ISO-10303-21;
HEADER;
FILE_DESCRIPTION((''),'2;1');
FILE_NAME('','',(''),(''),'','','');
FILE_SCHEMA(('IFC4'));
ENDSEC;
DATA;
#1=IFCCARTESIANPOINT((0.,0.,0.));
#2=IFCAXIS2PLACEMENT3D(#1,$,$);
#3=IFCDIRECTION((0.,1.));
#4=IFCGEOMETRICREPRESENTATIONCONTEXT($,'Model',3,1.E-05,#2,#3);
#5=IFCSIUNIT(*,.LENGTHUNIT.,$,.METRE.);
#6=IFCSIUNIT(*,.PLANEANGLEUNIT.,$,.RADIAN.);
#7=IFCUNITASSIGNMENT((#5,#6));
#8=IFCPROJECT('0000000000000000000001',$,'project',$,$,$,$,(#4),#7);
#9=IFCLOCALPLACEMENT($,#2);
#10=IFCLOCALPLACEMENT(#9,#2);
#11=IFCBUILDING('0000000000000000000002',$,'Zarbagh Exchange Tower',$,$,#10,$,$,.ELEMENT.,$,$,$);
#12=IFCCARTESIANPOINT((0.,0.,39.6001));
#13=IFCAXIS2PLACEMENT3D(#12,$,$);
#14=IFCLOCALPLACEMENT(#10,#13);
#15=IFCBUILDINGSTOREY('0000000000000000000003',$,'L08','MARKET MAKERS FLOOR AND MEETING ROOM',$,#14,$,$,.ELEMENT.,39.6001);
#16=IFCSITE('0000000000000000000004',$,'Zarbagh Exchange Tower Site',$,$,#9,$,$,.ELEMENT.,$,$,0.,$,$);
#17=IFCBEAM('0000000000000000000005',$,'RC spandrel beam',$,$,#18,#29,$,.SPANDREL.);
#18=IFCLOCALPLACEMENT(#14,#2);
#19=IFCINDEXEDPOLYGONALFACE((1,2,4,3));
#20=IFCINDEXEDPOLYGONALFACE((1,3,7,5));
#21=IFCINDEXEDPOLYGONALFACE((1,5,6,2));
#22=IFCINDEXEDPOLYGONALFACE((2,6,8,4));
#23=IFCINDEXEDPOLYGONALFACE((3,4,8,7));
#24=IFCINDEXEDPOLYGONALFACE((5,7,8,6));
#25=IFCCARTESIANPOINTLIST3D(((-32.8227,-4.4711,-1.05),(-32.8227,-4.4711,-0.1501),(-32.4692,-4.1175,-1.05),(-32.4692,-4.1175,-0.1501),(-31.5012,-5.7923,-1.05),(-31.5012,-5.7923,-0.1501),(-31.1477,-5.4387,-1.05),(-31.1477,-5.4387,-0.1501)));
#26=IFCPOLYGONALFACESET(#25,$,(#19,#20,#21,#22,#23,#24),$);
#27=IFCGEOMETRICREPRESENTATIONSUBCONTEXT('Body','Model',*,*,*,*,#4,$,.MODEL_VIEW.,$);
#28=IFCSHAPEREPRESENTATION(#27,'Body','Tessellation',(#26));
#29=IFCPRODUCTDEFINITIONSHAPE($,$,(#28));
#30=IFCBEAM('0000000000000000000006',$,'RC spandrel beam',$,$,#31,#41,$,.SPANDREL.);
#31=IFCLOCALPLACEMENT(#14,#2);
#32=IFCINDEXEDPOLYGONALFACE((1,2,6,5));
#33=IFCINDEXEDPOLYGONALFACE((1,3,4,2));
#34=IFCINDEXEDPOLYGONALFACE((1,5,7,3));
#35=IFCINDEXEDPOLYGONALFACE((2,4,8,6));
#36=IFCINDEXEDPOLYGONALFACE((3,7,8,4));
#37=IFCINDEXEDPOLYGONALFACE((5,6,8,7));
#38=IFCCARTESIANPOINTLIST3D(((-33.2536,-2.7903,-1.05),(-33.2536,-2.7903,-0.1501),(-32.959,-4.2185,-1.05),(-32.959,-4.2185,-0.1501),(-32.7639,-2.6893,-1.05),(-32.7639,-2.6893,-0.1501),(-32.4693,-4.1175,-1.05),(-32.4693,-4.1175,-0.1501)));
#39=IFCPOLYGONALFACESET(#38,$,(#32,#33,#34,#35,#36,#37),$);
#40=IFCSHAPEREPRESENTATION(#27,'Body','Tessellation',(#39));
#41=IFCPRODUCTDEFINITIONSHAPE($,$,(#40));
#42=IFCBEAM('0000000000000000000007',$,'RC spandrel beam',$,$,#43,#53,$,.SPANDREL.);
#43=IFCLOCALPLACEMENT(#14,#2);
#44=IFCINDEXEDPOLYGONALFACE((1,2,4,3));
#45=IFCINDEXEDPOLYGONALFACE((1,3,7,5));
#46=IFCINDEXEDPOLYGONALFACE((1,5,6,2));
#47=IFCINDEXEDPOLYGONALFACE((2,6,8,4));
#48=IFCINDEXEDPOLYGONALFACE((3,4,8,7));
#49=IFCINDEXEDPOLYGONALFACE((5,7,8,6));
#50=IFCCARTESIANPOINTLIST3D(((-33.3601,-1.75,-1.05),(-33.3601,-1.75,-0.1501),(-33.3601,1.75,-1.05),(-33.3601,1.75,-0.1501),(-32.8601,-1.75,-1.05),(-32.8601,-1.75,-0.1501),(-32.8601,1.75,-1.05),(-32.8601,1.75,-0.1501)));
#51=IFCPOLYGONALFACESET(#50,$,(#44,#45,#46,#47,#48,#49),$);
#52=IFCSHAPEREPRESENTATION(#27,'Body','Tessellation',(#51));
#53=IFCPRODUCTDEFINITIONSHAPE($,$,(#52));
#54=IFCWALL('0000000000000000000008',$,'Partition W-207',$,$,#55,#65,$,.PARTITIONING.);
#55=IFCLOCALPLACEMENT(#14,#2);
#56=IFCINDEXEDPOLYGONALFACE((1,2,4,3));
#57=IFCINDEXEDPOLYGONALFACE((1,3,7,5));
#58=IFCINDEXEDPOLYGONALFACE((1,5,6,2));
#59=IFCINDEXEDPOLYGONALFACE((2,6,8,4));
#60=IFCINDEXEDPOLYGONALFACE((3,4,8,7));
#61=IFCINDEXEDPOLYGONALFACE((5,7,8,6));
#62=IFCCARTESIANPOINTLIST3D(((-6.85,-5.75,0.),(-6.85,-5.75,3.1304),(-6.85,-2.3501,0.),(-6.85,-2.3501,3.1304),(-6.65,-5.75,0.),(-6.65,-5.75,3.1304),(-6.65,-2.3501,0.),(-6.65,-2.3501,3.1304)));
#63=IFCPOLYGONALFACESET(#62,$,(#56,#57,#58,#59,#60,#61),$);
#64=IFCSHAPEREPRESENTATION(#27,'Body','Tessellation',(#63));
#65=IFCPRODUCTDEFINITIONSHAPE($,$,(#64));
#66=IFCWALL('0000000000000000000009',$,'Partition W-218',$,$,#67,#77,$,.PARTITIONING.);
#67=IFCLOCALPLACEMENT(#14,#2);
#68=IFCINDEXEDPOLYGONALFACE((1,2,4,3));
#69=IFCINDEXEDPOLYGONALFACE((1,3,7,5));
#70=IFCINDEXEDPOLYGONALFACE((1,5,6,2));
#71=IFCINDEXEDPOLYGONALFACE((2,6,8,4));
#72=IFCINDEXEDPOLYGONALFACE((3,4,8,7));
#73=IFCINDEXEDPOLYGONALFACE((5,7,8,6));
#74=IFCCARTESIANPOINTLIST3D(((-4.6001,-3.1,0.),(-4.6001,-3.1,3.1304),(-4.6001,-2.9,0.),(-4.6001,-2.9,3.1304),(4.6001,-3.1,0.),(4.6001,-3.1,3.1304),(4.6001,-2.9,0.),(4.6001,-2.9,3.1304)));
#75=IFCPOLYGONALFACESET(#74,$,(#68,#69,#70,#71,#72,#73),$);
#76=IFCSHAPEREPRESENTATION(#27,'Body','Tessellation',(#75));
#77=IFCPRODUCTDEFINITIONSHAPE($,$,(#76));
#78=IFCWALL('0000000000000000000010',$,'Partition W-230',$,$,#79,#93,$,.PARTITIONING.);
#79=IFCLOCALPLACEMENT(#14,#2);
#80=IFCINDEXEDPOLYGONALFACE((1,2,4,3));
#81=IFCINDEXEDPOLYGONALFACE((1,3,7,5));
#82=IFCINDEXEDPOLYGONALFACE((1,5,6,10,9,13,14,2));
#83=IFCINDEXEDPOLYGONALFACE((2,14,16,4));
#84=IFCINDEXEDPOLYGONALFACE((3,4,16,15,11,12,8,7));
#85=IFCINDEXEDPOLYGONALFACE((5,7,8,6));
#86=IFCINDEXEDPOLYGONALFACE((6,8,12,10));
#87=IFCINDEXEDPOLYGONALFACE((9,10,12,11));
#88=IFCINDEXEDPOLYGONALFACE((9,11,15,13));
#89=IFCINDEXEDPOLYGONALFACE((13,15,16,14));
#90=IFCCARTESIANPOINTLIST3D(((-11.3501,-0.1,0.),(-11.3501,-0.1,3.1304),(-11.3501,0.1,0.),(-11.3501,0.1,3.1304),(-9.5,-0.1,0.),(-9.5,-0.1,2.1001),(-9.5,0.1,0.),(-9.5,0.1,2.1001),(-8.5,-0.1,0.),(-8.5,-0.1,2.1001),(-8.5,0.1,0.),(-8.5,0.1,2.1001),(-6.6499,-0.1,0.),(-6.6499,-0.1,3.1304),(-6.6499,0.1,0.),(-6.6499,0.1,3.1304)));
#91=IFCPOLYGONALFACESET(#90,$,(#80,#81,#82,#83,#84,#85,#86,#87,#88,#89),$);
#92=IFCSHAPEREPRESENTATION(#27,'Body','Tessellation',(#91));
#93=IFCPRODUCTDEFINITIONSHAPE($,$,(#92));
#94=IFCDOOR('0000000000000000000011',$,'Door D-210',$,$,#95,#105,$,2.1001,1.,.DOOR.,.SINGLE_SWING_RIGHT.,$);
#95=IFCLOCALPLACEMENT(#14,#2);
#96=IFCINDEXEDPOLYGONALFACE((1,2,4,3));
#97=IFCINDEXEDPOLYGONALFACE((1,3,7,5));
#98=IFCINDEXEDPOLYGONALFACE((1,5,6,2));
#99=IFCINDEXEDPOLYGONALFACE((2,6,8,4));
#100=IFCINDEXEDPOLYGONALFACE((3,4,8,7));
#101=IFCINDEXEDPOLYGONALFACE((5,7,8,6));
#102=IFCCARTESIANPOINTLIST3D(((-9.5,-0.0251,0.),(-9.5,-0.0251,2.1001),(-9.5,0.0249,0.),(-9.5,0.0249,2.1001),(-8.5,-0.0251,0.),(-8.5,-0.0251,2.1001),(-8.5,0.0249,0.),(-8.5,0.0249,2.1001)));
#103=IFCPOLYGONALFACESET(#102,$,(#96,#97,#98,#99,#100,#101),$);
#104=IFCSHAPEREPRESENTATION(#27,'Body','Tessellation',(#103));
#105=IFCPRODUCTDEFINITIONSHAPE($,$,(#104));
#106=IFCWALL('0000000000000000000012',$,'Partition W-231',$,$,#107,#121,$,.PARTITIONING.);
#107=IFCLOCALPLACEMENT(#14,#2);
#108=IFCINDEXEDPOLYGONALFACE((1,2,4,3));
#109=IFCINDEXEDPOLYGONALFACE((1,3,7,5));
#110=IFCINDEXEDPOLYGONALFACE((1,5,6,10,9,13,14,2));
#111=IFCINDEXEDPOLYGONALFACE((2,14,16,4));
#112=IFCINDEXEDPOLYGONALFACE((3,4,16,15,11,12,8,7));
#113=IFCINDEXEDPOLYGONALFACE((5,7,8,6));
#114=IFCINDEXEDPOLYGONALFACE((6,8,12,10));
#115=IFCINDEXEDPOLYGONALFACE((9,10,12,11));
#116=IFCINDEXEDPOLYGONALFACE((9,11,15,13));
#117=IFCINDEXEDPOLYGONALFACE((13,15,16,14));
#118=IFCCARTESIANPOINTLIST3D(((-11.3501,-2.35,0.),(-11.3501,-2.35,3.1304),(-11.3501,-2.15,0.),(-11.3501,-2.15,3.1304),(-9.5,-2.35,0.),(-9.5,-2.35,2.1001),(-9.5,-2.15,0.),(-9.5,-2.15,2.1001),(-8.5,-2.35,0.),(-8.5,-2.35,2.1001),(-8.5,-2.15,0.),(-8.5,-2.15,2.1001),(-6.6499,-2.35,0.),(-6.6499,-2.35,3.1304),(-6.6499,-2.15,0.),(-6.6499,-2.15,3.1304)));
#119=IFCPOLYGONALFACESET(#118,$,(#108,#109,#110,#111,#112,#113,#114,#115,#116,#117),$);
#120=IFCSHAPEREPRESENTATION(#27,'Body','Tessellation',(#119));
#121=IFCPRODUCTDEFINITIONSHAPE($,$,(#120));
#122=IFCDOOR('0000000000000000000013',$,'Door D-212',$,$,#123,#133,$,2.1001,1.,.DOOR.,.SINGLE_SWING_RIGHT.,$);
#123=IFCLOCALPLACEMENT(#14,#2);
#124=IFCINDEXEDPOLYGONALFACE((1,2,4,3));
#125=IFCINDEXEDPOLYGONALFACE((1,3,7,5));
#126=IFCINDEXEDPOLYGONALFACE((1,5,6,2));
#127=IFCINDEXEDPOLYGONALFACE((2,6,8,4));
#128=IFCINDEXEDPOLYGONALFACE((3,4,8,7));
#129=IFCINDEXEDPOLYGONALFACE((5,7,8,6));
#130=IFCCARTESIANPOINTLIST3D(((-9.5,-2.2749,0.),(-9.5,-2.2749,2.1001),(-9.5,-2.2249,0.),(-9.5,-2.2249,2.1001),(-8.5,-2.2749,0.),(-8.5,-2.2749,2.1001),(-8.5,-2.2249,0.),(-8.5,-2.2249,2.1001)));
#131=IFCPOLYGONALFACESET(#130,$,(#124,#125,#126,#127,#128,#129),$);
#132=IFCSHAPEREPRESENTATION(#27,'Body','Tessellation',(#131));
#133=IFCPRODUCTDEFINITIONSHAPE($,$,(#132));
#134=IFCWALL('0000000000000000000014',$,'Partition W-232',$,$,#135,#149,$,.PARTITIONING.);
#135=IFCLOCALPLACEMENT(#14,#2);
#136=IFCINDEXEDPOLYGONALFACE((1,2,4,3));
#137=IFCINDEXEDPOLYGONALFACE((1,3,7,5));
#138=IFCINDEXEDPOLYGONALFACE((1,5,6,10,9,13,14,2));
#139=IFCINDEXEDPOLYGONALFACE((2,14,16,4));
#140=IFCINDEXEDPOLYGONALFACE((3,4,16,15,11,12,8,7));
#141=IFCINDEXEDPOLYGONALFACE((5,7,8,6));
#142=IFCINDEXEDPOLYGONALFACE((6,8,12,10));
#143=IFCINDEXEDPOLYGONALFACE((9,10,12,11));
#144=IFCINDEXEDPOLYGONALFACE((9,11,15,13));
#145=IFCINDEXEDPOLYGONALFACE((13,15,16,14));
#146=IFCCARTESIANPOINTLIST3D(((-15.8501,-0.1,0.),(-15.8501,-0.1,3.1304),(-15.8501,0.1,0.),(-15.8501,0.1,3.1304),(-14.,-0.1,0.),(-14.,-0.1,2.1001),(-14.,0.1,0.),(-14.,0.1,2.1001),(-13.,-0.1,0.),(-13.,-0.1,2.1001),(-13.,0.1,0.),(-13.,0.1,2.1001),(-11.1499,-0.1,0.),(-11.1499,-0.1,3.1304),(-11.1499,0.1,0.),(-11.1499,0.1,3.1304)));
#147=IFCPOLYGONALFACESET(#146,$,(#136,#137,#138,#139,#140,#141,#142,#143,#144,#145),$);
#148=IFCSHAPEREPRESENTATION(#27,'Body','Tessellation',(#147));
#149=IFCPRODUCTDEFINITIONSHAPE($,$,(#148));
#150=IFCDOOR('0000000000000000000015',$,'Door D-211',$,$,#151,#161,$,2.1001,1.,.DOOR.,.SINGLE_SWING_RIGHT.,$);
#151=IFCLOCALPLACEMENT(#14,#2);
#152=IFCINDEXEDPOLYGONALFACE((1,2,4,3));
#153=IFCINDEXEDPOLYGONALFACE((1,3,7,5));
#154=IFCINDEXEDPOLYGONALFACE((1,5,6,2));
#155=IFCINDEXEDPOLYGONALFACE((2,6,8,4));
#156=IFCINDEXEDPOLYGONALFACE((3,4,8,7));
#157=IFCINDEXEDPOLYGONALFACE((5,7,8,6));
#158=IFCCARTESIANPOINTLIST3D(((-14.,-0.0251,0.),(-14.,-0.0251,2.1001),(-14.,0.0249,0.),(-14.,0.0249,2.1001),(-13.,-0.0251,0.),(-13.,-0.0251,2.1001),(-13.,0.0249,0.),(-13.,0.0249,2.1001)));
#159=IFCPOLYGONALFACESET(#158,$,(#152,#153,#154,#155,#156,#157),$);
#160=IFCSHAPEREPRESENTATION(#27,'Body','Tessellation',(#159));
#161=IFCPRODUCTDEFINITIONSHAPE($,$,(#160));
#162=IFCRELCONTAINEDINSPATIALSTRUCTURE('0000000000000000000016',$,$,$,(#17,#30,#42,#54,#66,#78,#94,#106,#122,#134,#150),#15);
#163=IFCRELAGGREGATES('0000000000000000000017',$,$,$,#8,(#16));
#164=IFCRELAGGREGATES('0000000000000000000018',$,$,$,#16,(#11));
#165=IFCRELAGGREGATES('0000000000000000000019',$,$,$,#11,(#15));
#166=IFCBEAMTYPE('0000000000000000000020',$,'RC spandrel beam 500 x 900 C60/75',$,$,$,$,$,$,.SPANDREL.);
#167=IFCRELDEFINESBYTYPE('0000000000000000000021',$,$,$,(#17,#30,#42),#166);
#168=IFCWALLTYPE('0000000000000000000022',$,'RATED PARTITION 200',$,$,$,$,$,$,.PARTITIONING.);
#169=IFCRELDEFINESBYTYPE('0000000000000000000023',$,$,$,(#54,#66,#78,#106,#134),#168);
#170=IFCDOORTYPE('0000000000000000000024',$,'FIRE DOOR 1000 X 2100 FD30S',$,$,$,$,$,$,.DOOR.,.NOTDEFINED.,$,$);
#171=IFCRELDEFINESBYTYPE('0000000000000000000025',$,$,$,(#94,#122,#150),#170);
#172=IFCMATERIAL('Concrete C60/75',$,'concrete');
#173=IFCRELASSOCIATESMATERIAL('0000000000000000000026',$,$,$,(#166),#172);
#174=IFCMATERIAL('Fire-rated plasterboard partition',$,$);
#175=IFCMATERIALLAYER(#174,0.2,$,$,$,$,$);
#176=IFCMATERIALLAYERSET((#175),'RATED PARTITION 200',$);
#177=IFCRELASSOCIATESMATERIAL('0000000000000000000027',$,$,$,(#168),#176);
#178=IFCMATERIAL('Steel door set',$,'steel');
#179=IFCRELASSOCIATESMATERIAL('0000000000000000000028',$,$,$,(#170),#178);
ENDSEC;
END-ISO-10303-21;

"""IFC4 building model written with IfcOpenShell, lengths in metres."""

from ifc_helpers import new_model, si_unit, direction, frame, frame_2d, origin, origin_2d, place, context, subcontext, project, spatial, rectangle, extrude, material, layer, layer_set, material_profile, profile_set, type_object, element, fill, save


model = new_model("IFC4")

# Units and contexts
model_context = context("Model", 3, precision=1e-05, world=origin(), true_north=direction((0.0, 1.0)))
body_context = subcontext(model_context, "Body", "Model", "MODEL_VIEW")
ifc_project = project(units=[si_unit("LENGTHUNIT", "METRE"), si_unit("PLANEANGLEUNIT", "RADIAN")], contexts=[model_context])

# Site, building, storey
site_placement = place(None, origin())
site = spatial("IfcSite", under=ifc_project, at=site_placement, Name="Zarbagh Exchange Tower Site", CompositionType="ELEMENT", RefElevation=0.0)
building_placement = place(site_placement, origin())
building = spatial("IfcBuilding", under=site, at=building_placement, Name="Zarbagh Exchange Tower", CompositionType="ELEMENT")
storey_placement = place(building_placement, frame((0.0, 0.0, 39.6001)))
storey = spatial("IfcBuildingStorey", under=building, at=storey_placement, Name="L08", Description="MARKET MAKERS FLOOR AND MEETING ROOM", CompositionType="ELEMENT", Elevation=39.6001)

# Shared definitions
ifc_material_1 = material(Name="Concrete C60/75", Category="concrete")

# Beams
ifc_material_profile_1 = material_profile(ifc_material_1, rectangle(XDim=0.5, YDim=0.8999, at=origin_2d()), Name="RC spandrel beam 500 x 900 C60/75")
ifc_profile_set_1 = profile_set([ifc_material_profile_1], Name="Concrete C60/75")
beam_type_1 = type_object("IfcBeamType", Name="RC spandrel beam 500 x 900 C60/75", PredefinedType="SPANDREL", material=ifc_profile_set_1)
beam_1_placement = place(storey_placement, frame((-31.3245, -5.6155, -0.6001), z_axis=(-0.707172, 0.707041, 0.0), x_axis=(-0.707041, -0.707172, 0.0)))
element("IfcBeam", 1, at=beam_1_placement, inside=storey, type_object=beam_type_1, Name="RC spandrel beam", PredefinedType="SPANDREL", context=body_context, shape_type="SweptSolid", body=[
    extrude(rectangle(XDim=0.5, YDim=0.8999, at=origin_2d()), origin(), (0.0, 0.0, 1.0), 1.8687),
])
beam_2_placement = place(storey_placement, frame((-32.7141, -4.168, -0.6001), z_axis=(-0.202069, 0.979371, 0.0), x_axis=(-0.979371, -0.202069, 0.0)))
element("IfcBeam", 2, at=beam_2_placement, inside=storey, type_object=beam_type_1, Name="RC spandrel beam", PredefinedType="SPANDREL", context=body_context, shape_type="SweptSolid", body=[
    extrude(rectangle(XDim=0.5, YDim=0.8999, at=origin_2d()), origin(), (0.0, 0.0, 1.0), 1.4583),
])
beam_3_placement = place(storey_placement, frame((-33.1101, -1.75, -0.6001), z_axis=(0.0, 1.0, 0.0), x_axis=(-1.0, 0.0, 0.0)))
element("IfcBeam", 3, at=beam_3_placement, inside=storey, type_object=beam_type_1, Name="RC spandrel beam", PredefinedType="SPANDREL", context=body_context, shape_type="SweptSolid", body=[
    extrude(rectangle(XDim=0.5, YDim=0.8999, at=origin_2d()), origin(), (0.0, 0.0, 1.0), 3.5),
])

# Walls
ifc_material_2 = material(Name="Fire-rated plasterboard partition")
ifc_layer = layer(ifc_material_2, 0.2)
ifc_layer_set = layer_set([ifc_layer], Name="RATED PARTITION 200")
wall_type = type_object("IfcWallType", Name="RATED PARTITION 200", PredefinedType="PARTITIONING", material=ifc_layer_set)
wall_1_placement = place(storey_placement, frame((-6.75, -5.75, 0.0), z_axis=(0.0, 0.0, 1.0), x_axis=(0.0, 1.0, 0.0)))
element("IfcWall", 4, at=wall_1_placement, inside=storey, type_object=wall_type, Name="Partition W-207", PredefinedType="PARTITIONING", context=body_context, shape_type="SweptSolid", body=[
    extrude(rectangle(XDim=3.3999, YDim=0.2, at=frame_2d((1.7, 0.0))), origin(), (0.0, 0.0, 1.0), 3.1304),
])
wall_2_placement = place(storey_placement, frame((-4.6001, -3.0, 0.0), z_axis=(0.0, 0.0, 1.0), x_axis=(1.0, 0.0, 0.0)))
element("IfcWall", 5, at=wall_2_placement, inside=storey, type_object=wall_type, Name="Partition W-218", PredefinedType="PARTITIONING", context=body_context, shape_type="SweptSolid", body=[
    extrude(rectangle(XDim=9.2002, YDim=0.2, at=frame_2d((4.6001, 0.0))), origin(), (0.0, 0.0, 1.0), 3.1304),
])

# Walls, openings, doors
wall_3_placement = place(storey_placement, frame((-11.3501, 0.0, 0.0), z_axis=(0.0, 0.0, 1.0), x_axis=(1.0, 0.0, 0.0)))
wall_3 = element("IfcWall", 6, at=wall_3_placement, inside=storey, type_object=wall_type, Name="Partition W-230", PredefinedType="PARTITIONING", context=body_context, shape_type="SweptSolid", body=[
    extrude(rectangle(XDim=4.7002, YDim=0.2, at=frame_2d((2.3501, 0.0))), origin(), (0.0, 0.0, 1.0), 3.1304),
])
opening_1_placement = place(wall_3_placement, frame((1.8501, 0.0, 0.0)))
opening_1 = element("IfcOpeningElement", 7, at=opening_1_placement, cuts=wall_3, PredefinedType="OPENING", context=body_context, shape_type="SweptSolid", body=[
    extrude(rectangle(XDim=1.0, YDim=2.1001, at=frame_2d((0.5, 1.05))), frame((0.0, 0.1099, 0.0), z_axis=(0.0, -1.0, 0.0), x_axis=(1.0, 0.0, 0.0)), (0.0, 0.0, 1.0), 0.22),
])
ifc_material_3 = material(Name="Steel door set", Category="steel")
door_type = type_object("IfcDoorType", Name="FIRE DOOR 1000 X 2100 FD30S", OperationType="NOTDEFINED", PredefinedType="DOOR", material=ifc_material_3)
door_1_placement = place(opening_1_placement, origin())
door_1 = element("IfcDoor", 8, at=door_1_placement, inside=storey, type_object=door_type, Name="Door D-210", OperationType="SINGLE_SWING_RIGHT", OverallHeight=2.1001, OverallWidth=1.0, PredefinedType="DOOR", context=body_context, shape_type="SweptSolid", body=[
    extrude(rectangle(XDim=1.0, YDim=2.1001, at=frame_2d((0.5, 1.05))), frame((0.0, 0.0249, 0.0), z_axis=(0.0, -1.0, 0.0), x_axis=(1.0, 0.0, 0.0)), (0.0, 0.0, 1.0), 0.05),
])
fill(opening_1, door_1)
wall_4_placement = place(storey_placement, frame((-6.6499, -2.25, 0.0), z_axis=(0.0, 0.0, 1.0), x_axis=(-1.0, 0.0, 0.0)))
wall_4 = element("IfcWall", 9, at=wall_4_placement, inside=storey, type_object=wall_type, Name="Partition W-231", PredefinedType="PARTITIONING", context=body_context, shape_type="SweptSolid", body=[
    extrude(rectangle(XDim=4.7002, YDim=0.2, at=frame_2d((2.3501, 0.0))), origin(), (0.0, 0.0, 1.0), 3.1304),
])
opening_2_placement = place(wall_4_placement, frame((1.8501, 0.0, 0.0)))
opening_2 = element("IfcOpeningElement", 10, at=opening_2_placement, cuts=wall_4, PredefinedType="OPENING", context=body_context, shape_type="SweptSolid", body=[
    extrude(rectangle(XDim=1.0, YDim=2.1001, at=frame_2d((0.5, 1.05))), frame((0.0, 0.1099, 0.0), z_axis=(0.0, -1.0, 0.0), x_axis=(1.0, 0.0, 0.0)), (0.0, 0.0, 1.0), 0.22),
])
door_2_placement = place(opening_2_placement, origin())
door_2 = element("IfcDoor", 11, at=door_2_placement, inside=storey, type_object=door_type, Name="Door D-212", OperationType="SINGLE_SWING_RIGHT", OverallHeight=2.1001, OverallWidth=1.0, PredefinedType="DOOR", context=body_context, shape_type="SweptSolid", body=[
    extrude(rectangle(XDim=1.0, YDim=2.1001, at=frame_2d((0.5, 1.05))), frame((0.0, 0.0249, 0.0), z_axis=(0.0, -1.0, 0.0), x_axis=(1.0, 0.0, 0.0)), (0.0, 0.0, 1.0), 0.05),
])
fill(opening_2, door_2)
wall_5_placement = place(storey_placement, frame((-15.8501, 0.0, 0.0), z_axis=(0.0, 0.0, 1.0), x_axis=(1.0, 0.0, 0.0)))
wall_5 = element("IfcWall", 12, at=wall_5_placement, inside=storey, type_object=wall_type, Name="Partition W-232", PredefinedType="PARTITIONING", context=body_context, shape_type="SweptSolid", body=[
    extrude(rectangle(XDim=4.7002, YDim=0.2, at=frame_2d((2.3501, 0.0))), origin(), (0.0, 0.0, 1.0), 3.1304),
])
opening_3_placement = place(wall_5_placement, frame((1.8501, 0.0, 0.0)))
opening_3 = element("IfcOpeningElement", 13, at=opening_3_placement, cuts=wall_5, PredefinedType="OPENING", context=body_context, shape_type="SweptSolid", body=[
    extrude(rectangle(XDim=1.0, YDim=2.1001, at=frame_2d((0.5, 1.05))), frame((0.0, 0.1099, 0.0), z_axis=(0.0, -1.0, 0.0), x_axis=(1.0, 0.0, 0.0)), (0.0, 0.0, 1.0), 0.22),
])
door_3_placement = place(opening_3_placement, origin())
door_3 = element("IfcDoor", 14, at=door_3_placement, inside=storey, type_object=door_type, Name="Door D-211", OperationType="SINGLE_SWING_RIGHT", OverallHeight=2.1001, OverallWidth=1.0, PredefinedType="DOOR", context=body_context, shape_type="SweptSolid", body=[
    extrude(rectangle(XDim=1.0, YDim=2.1001, at=frame_2d((0.5, 1.05))), frame((0.0, 0.0249, 0.0), z_axis=(0.0, -1.0, 0.0), x_axis=(1.0, 0.0, 0.0)), (0.0, 0.0, 1.0), 0.05),
])
fill(opening_3, door_3)

save(model, "model.ifc")
